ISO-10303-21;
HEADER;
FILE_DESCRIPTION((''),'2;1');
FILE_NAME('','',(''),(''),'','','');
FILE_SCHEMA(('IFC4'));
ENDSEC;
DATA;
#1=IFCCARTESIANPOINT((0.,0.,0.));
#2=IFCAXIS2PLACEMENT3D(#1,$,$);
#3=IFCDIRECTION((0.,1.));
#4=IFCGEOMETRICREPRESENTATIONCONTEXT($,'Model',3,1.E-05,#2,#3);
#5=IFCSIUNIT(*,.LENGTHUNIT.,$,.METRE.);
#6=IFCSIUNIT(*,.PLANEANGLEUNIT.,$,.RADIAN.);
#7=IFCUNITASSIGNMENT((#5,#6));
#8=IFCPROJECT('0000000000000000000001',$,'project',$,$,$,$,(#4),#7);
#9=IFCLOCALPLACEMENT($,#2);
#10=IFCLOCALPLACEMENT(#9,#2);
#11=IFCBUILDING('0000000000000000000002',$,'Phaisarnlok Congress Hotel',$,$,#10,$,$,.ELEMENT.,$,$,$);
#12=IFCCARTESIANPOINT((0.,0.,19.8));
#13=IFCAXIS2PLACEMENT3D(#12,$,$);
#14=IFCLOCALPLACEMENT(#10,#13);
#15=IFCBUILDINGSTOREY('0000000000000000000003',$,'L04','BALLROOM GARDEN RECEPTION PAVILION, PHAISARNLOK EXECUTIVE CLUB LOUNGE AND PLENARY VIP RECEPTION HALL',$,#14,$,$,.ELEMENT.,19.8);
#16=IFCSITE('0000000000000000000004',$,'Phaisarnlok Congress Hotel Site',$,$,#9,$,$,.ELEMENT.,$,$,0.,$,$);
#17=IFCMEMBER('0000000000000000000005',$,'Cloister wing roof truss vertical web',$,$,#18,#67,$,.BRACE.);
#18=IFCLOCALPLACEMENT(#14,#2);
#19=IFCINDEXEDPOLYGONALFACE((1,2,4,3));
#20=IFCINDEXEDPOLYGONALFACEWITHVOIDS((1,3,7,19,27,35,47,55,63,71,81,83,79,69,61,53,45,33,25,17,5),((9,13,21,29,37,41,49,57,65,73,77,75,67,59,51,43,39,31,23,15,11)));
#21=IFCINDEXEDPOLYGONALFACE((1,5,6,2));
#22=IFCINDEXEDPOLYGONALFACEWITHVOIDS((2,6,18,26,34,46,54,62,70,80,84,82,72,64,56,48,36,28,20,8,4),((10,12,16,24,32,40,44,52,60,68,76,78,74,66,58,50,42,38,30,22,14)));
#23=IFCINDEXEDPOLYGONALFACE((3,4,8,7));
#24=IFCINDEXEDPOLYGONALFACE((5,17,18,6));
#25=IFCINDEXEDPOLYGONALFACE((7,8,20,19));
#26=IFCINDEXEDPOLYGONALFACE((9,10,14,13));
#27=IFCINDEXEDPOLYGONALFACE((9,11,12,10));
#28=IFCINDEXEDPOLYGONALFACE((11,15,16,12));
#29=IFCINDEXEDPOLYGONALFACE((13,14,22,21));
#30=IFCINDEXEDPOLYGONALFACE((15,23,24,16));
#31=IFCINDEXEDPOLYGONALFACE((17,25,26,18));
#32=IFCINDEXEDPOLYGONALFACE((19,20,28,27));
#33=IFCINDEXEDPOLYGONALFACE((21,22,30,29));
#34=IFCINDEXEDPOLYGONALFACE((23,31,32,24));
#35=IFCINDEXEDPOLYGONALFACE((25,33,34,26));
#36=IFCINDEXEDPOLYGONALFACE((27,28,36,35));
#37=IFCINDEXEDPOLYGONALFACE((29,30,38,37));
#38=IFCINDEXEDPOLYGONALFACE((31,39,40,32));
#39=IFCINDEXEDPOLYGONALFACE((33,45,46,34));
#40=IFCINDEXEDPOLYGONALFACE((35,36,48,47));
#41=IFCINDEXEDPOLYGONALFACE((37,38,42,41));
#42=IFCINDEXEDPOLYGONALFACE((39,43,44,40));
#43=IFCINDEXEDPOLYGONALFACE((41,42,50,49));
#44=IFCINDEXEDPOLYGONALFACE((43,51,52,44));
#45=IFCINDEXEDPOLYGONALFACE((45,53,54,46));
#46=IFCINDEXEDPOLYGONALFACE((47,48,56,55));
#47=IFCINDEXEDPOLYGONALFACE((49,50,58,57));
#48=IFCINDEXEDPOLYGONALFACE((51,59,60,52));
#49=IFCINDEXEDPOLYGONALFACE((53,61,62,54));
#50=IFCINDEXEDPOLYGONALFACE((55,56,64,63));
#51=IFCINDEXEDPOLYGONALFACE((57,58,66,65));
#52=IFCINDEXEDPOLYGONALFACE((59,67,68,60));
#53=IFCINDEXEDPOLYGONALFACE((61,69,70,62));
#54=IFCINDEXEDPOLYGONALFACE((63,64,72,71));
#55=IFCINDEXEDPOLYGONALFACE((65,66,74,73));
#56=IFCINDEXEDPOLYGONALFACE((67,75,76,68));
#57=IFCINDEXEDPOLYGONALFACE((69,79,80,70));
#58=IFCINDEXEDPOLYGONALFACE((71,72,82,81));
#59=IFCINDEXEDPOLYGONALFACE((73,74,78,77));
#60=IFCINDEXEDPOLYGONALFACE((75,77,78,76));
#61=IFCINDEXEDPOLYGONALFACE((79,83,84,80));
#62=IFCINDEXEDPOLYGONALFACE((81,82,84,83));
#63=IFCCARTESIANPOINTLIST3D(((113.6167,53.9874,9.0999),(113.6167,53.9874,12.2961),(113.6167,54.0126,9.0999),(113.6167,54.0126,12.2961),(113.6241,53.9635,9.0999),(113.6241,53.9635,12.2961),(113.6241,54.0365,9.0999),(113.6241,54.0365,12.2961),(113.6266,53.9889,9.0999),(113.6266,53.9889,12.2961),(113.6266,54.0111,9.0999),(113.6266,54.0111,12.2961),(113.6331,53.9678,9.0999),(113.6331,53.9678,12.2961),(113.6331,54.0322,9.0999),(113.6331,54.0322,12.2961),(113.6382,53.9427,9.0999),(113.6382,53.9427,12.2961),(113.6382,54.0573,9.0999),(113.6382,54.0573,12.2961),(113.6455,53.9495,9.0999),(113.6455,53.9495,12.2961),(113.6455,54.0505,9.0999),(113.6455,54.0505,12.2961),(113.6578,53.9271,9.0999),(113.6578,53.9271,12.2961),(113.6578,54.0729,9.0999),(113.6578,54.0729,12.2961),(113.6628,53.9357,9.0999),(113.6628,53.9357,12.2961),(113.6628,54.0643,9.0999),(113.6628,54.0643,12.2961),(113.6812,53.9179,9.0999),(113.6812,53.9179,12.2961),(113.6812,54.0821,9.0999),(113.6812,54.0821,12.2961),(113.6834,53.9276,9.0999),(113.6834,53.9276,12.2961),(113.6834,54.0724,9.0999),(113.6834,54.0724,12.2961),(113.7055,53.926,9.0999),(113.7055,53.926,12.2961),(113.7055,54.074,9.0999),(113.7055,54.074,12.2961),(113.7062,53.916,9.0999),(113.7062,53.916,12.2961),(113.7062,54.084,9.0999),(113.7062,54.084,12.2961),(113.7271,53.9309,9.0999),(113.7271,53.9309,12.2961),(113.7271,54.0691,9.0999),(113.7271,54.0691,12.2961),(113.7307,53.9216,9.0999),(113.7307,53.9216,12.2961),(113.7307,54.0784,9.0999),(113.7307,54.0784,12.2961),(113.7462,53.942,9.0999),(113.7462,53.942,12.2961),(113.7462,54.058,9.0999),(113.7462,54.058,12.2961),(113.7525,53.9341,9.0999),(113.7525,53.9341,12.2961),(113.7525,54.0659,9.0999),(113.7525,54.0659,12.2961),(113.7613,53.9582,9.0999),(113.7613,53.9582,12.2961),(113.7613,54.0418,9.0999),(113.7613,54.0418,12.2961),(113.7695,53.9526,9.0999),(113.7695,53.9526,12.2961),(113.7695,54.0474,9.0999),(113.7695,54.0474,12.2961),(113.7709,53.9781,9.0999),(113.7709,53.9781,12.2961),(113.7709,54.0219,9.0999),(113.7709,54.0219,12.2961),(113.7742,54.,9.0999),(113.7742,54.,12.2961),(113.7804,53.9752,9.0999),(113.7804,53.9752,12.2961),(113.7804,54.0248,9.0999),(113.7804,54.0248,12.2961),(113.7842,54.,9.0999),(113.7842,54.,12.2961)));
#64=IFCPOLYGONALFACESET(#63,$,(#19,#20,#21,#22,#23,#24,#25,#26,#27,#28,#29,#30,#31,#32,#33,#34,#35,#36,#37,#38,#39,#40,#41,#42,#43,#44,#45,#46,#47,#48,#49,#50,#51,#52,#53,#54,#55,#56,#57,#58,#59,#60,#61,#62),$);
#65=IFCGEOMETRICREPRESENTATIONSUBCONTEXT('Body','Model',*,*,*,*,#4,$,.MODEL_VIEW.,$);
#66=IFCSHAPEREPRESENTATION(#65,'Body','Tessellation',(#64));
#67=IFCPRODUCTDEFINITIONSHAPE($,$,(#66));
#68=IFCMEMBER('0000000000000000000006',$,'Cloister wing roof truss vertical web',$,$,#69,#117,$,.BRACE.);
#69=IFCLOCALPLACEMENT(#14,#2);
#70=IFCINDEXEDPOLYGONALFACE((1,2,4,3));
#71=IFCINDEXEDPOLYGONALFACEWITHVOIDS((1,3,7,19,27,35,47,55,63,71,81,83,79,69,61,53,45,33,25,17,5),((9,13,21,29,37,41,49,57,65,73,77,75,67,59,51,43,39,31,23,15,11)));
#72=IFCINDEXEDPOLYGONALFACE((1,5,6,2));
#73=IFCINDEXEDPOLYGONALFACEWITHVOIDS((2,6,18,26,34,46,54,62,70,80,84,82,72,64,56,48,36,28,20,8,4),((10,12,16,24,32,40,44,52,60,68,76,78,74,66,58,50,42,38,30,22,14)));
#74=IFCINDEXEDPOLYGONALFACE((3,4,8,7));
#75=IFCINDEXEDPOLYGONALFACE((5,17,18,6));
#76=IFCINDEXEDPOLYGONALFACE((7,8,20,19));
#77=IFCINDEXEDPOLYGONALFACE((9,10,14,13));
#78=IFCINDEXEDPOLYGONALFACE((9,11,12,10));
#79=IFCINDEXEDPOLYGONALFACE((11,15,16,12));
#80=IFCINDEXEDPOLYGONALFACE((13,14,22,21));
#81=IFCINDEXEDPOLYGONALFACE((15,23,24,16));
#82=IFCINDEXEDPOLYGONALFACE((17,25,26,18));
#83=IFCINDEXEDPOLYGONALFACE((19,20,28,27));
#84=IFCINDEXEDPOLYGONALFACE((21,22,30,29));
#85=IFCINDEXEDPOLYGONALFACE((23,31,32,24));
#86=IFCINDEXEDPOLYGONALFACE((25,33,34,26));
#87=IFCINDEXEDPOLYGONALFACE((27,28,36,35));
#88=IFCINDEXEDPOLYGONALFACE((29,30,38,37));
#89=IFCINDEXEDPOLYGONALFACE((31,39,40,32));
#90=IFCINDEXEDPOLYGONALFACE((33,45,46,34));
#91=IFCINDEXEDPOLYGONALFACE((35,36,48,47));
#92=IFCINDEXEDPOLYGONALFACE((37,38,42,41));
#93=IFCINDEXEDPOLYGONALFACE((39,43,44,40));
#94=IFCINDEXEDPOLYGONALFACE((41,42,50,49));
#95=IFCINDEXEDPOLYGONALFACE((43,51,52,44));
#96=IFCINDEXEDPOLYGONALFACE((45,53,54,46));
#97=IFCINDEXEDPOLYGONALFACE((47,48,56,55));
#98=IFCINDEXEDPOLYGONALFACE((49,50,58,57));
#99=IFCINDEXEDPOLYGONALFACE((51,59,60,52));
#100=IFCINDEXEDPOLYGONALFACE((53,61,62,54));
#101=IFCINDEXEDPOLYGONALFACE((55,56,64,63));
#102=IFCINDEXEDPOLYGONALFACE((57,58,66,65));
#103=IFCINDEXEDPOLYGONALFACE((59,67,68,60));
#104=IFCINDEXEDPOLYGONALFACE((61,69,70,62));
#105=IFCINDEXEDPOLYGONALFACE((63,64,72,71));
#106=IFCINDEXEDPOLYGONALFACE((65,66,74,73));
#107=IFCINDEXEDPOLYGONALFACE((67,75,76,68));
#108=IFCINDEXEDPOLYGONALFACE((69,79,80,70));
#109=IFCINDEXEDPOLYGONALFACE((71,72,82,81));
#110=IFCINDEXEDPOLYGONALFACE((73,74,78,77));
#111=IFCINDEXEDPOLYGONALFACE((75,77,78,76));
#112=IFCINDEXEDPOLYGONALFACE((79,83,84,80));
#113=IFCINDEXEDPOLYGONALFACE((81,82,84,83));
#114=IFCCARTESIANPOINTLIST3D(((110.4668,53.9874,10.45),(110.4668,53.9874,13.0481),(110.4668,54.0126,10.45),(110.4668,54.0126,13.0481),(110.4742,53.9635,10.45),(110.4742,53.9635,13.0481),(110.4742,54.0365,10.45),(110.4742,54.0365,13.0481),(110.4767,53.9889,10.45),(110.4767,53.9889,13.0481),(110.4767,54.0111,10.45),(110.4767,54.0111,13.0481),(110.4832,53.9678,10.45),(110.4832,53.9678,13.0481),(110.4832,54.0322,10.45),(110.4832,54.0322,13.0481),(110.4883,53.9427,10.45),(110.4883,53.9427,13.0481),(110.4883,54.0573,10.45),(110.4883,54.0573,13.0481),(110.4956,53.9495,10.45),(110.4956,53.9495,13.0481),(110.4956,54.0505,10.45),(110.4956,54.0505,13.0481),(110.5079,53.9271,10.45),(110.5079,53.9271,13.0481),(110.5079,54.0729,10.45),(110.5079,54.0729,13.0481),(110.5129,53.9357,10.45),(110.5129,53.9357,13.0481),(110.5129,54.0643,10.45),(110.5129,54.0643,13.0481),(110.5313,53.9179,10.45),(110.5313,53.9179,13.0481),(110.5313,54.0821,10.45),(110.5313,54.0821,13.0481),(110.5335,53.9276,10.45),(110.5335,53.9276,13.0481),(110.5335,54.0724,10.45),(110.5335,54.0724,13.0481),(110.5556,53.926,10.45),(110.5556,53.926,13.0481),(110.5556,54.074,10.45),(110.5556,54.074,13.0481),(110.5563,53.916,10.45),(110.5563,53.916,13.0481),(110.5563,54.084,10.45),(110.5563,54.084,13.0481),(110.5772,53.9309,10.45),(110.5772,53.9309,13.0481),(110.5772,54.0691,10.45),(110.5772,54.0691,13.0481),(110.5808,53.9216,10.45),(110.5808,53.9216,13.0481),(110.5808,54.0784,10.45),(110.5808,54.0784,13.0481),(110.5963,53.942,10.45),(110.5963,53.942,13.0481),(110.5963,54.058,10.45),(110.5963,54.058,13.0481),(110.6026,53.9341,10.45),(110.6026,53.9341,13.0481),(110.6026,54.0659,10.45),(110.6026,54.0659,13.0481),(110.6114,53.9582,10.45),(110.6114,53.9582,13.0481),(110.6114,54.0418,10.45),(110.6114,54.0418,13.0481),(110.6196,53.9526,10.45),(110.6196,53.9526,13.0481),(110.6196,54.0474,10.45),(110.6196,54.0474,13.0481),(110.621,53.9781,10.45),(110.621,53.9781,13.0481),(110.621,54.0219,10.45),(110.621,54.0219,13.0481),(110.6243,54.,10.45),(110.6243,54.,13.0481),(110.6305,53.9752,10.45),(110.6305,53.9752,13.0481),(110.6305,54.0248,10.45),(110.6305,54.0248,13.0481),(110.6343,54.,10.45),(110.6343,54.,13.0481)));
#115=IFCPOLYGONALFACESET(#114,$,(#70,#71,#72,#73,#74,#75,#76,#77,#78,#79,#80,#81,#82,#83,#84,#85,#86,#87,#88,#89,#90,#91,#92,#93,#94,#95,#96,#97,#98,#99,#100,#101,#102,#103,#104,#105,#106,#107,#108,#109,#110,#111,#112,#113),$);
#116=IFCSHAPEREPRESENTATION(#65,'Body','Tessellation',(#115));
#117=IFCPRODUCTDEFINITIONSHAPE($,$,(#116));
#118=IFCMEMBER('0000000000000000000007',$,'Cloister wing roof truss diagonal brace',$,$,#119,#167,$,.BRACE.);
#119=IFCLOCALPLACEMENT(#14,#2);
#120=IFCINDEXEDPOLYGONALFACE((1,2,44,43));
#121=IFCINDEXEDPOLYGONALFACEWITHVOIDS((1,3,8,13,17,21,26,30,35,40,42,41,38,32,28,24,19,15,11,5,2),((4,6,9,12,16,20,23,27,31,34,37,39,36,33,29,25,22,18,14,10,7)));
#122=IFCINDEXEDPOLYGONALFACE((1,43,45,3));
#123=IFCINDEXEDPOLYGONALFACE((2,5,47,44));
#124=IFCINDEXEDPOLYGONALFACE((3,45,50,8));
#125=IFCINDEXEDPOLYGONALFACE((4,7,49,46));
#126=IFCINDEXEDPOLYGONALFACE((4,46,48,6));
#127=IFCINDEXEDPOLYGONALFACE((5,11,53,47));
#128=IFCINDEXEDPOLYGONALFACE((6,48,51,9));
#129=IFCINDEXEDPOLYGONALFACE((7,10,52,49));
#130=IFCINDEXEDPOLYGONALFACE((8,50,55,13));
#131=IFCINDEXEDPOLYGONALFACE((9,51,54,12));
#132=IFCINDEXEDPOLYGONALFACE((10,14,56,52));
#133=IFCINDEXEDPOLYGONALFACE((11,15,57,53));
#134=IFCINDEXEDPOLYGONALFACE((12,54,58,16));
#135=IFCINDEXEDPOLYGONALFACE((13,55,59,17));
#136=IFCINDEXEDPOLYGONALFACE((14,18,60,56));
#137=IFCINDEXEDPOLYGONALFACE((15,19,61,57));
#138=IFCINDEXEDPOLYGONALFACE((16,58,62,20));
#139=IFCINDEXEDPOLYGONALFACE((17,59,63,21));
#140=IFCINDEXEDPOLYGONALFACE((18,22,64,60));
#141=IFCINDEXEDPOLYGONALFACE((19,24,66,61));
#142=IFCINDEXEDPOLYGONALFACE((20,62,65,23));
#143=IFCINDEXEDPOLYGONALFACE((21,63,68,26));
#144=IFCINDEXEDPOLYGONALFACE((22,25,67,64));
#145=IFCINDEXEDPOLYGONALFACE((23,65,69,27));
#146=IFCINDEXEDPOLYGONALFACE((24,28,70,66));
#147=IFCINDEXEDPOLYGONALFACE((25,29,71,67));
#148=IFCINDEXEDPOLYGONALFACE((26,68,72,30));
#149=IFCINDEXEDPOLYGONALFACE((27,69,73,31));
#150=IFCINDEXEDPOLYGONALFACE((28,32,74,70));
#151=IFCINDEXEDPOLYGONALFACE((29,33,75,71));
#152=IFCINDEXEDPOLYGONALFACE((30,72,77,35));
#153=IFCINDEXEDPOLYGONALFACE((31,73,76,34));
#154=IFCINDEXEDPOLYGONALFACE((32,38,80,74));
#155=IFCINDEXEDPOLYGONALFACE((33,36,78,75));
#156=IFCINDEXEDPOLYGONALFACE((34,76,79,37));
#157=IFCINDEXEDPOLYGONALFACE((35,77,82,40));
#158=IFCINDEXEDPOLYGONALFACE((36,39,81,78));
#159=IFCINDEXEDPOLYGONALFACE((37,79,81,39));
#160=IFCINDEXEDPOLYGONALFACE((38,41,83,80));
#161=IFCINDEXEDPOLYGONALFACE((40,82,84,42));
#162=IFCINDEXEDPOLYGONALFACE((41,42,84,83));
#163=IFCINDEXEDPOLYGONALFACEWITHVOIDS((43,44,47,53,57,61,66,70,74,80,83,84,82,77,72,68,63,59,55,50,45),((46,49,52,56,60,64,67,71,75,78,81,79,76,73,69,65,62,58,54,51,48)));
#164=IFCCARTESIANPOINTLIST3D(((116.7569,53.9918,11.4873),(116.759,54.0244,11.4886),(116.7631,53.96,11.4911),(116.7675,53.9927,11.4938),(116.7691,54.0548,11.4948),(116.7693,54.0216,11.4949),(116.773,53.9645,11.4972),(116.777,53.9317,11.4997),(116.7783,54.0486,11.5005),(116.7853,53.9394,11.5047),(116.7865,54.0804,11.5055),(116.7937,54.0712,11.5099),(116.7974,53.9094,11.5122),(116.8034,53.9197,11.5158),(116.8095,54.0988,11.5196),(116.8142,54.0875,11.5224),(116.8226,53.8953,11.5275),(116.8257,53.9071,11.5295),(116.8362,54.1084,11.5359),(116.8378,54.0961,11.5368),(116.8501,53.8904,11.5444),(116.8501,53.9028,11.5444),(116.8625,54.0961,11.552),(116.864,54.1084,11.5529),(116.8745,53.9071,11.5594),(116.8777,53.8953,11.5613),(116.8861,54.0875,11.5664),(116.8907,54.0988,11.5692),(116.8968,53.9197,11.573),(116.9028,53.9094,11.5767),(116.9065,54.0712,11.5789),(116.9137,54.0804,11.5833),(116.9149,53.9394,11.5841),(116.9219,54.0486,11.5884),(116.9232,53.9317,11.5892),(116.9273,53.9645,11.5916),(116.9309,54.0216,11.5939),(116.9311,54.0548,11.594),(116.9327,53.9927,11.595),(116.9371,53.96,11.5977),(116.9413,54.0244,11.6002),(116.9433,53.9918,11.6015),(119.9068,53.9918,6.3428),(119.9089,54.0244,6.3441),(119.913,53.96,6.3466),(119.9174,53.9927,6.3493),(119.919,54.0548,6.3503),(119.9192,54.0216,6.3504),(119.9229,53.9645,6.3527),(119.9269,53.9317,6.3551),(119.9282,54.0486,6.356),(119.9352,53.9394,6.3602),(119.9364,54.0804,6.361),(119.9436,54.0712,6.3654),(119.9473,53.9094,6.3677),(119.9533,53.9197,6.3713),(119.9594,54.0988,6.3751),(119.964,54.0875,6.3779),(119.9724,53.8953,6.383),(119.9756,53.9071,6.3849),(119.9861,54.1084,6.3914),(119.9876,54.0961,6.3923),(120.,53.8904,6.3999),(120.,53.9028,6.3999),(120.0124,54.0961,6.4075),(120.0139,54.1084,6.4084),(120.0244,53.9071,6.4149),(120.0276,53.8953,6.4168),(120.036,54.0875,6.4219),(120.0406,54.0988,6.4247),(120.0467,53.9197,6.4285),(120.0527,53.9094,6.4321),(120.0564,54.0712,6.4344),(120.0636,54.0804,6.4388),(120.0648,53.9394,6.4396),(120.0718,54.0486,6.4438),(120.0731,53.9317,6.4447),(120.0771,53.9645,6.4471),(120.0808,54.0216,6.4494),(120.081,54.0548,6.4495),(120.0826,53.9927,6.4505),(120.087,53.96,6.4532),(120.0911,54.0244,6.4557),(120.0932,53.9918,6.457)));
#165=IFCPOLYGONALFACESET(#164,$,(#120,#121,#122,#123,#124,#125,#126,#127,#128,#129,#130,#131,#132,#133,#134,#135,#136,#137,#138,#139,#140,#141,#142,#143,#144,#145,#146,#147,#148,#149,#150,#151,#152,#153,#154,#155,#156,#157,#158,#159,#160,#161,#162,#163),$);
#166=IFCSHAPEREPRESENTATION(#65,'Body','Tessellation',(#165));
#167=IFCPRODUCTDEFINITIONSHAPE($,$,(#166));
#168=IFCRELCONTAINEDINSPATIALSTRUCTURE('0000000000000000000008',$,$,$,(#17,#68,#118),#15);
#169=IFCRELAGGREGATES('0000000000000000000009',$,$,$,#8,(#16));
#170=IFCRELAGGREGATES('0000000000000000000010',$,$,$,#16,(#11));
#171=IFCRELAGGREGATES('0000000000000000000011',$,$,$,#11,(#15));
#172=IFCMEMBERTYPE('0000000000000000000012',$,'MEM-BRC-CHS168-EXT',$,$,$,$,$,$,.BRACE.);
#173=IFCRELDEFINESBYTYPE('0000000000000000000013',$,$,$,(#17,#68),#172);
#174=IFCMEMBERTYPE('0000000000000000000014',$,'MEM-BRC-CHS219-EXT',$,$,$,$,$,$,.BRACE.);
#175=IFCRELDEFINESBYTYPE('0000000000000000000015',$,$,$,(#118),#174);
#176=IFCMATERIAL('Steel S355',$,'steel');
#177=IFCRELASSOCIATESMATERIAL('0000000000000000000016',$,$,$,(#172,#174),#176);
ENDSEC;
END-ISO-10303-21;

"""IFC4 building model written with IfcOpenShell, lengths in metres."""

from ifc_helpers import new_model, si_unit, direction, frame, origin, origin_2d, place, context, subcontext, project, spatial, hollow_circle, extrude, material, material_profile, profile_set, type_object, element, save


model = new_model("IFC4")

# Units and contexts
model_context = context("Model", 3, precision=1e-05, world=origin(), true_north=direction((0.0, 1.0)))
body_context = subcontext(model_context, "Body", "Model", "MODEL_VIEW")
ifc_project = project(units=[si_unit("LENGTHUNIT", "METRE"), si_unit("PLANEANGLEUNIT", "RADIAN")], contexts=[model_context])

# Site, building, storey
site_placement = place(None, origin())
site = spatial("IfcSite", under=ifc_project, at=site_placement, Name="Phaisarnlok Congress Hotel Site", CompositionType="ELEMENT", RefElevation=0.0)
building_placement = place(site_placement, origin())
building = spatial("IfcBuilding", under=site, at=building_placement, Name="Phaisarnlok Congress Hotel", CompositionType="ELEMENT")
storey_placement = place(building_placement, frame((0.0, 0.0, 19.8)))
storey = spatial("IfcBuildingStorey", under=building, at=storey_placement, Name="L04", Description="BALLROOM GARDEN RECEPTION PAVILION, PHAISARNLOK EXECUTIVE CLUB LOUNGE AND PLENARY VIP RECEPTION HALL", CompositionType="ELEMENT", Elevation=19.8)

# Shared definitions
ifc_material_1 = material(Name="Steel S355", Category="steel")

# Members
ifc_material_profile_1 = material_profile(ifc_material_1, hollow_circle(Radius=0.0842, WallThickness=0.01, at=origin_2d()), Name="CHS 168.3x10")
ifc_profile_set_1 = profile_set([ifc_material_profile_1], Name="Steel S355")
member_type_1 = type_object("IfcMemberType", Name="MEM-BRC-CHS168-EXT", PredefinedType="BRACE", material=ifc_profile_set_1)
member_1_placement = place(storey_placement, frame((113.7, 54.0, 9.0999), z_axis=(0.0, 0.0, 1.0), x_axis=(1.0, 0.0, 0.0)))
element("IfcMember", 1, at=member_1_placement, inside=storey, type_object=member_type_1, Name="Cloister wing roof truss vertical web", PredefinedType="BRACE", context=body_context, shape_type="SweptSolid", body=[
    extrude(hollow_circle(Radius=0.0842, WallThickness=0.01, at=origin_2d()), origin(), (0.0, 0.0, 1.0), 3.1963),
])
member_2_placement = place(storey_placement, frame((110.55, 54.0, 10.45), z_axis=(0.0, 0.0, 1.0), x_axis=(1.0, 0.0, 0.0)))
element("IfcMember", 2, at=member_2_placement, inside=storey, type_object=member_type_1, Name="Cloister wing roof truss vertical web", PredefinedType="BRACE", context=body_context, shape_type="SweptSolid", body=[
    extrude(hollow_circle(Radius=0.0842, WallThickness=0.01, at=origin_2d()), origin(), (0.0, 0.0, 1.0), 2.5981),
])
ifc_material_profile_2 = material_profile(ifc_material_1, hollow_circle(Radius=0.1096, WallThickness=0.0125, at=origin_2d()), Name="CHS 219.1x12.5")
ifc_profile_set_2 = profile_set([ifc_material_profile_2], Name="Steel S355")
member_type_2 = type_object("IfcMemberType", Name="MEM-BRC-CHS219-EXT", PredefinedType="BRACE", material=ifc_profile_set_2)
member_3_placement = place(storey_placement, frame((120.0, 54.0, 6.3999), z_axis=(-0.522177, 0.0, 0.852837), x_axis=(0.0, -1.0, 0.0)))
element("IfcMember", 3, at=member_3_placement, inside=storey, type_object=member_type_2, Name="Cloister wing roof truss diagonal brace", PredefinedType="BRACE", context=body_context, shape_type="SweptSolid", body=[
    extrude(hollow_circle(Radius=0.1096, WallThickness=0.0125, at=origin_2d()), origin(), (0.0, 0.0, 1.0), 6.0322),
])

save(model, "model.ifc")
